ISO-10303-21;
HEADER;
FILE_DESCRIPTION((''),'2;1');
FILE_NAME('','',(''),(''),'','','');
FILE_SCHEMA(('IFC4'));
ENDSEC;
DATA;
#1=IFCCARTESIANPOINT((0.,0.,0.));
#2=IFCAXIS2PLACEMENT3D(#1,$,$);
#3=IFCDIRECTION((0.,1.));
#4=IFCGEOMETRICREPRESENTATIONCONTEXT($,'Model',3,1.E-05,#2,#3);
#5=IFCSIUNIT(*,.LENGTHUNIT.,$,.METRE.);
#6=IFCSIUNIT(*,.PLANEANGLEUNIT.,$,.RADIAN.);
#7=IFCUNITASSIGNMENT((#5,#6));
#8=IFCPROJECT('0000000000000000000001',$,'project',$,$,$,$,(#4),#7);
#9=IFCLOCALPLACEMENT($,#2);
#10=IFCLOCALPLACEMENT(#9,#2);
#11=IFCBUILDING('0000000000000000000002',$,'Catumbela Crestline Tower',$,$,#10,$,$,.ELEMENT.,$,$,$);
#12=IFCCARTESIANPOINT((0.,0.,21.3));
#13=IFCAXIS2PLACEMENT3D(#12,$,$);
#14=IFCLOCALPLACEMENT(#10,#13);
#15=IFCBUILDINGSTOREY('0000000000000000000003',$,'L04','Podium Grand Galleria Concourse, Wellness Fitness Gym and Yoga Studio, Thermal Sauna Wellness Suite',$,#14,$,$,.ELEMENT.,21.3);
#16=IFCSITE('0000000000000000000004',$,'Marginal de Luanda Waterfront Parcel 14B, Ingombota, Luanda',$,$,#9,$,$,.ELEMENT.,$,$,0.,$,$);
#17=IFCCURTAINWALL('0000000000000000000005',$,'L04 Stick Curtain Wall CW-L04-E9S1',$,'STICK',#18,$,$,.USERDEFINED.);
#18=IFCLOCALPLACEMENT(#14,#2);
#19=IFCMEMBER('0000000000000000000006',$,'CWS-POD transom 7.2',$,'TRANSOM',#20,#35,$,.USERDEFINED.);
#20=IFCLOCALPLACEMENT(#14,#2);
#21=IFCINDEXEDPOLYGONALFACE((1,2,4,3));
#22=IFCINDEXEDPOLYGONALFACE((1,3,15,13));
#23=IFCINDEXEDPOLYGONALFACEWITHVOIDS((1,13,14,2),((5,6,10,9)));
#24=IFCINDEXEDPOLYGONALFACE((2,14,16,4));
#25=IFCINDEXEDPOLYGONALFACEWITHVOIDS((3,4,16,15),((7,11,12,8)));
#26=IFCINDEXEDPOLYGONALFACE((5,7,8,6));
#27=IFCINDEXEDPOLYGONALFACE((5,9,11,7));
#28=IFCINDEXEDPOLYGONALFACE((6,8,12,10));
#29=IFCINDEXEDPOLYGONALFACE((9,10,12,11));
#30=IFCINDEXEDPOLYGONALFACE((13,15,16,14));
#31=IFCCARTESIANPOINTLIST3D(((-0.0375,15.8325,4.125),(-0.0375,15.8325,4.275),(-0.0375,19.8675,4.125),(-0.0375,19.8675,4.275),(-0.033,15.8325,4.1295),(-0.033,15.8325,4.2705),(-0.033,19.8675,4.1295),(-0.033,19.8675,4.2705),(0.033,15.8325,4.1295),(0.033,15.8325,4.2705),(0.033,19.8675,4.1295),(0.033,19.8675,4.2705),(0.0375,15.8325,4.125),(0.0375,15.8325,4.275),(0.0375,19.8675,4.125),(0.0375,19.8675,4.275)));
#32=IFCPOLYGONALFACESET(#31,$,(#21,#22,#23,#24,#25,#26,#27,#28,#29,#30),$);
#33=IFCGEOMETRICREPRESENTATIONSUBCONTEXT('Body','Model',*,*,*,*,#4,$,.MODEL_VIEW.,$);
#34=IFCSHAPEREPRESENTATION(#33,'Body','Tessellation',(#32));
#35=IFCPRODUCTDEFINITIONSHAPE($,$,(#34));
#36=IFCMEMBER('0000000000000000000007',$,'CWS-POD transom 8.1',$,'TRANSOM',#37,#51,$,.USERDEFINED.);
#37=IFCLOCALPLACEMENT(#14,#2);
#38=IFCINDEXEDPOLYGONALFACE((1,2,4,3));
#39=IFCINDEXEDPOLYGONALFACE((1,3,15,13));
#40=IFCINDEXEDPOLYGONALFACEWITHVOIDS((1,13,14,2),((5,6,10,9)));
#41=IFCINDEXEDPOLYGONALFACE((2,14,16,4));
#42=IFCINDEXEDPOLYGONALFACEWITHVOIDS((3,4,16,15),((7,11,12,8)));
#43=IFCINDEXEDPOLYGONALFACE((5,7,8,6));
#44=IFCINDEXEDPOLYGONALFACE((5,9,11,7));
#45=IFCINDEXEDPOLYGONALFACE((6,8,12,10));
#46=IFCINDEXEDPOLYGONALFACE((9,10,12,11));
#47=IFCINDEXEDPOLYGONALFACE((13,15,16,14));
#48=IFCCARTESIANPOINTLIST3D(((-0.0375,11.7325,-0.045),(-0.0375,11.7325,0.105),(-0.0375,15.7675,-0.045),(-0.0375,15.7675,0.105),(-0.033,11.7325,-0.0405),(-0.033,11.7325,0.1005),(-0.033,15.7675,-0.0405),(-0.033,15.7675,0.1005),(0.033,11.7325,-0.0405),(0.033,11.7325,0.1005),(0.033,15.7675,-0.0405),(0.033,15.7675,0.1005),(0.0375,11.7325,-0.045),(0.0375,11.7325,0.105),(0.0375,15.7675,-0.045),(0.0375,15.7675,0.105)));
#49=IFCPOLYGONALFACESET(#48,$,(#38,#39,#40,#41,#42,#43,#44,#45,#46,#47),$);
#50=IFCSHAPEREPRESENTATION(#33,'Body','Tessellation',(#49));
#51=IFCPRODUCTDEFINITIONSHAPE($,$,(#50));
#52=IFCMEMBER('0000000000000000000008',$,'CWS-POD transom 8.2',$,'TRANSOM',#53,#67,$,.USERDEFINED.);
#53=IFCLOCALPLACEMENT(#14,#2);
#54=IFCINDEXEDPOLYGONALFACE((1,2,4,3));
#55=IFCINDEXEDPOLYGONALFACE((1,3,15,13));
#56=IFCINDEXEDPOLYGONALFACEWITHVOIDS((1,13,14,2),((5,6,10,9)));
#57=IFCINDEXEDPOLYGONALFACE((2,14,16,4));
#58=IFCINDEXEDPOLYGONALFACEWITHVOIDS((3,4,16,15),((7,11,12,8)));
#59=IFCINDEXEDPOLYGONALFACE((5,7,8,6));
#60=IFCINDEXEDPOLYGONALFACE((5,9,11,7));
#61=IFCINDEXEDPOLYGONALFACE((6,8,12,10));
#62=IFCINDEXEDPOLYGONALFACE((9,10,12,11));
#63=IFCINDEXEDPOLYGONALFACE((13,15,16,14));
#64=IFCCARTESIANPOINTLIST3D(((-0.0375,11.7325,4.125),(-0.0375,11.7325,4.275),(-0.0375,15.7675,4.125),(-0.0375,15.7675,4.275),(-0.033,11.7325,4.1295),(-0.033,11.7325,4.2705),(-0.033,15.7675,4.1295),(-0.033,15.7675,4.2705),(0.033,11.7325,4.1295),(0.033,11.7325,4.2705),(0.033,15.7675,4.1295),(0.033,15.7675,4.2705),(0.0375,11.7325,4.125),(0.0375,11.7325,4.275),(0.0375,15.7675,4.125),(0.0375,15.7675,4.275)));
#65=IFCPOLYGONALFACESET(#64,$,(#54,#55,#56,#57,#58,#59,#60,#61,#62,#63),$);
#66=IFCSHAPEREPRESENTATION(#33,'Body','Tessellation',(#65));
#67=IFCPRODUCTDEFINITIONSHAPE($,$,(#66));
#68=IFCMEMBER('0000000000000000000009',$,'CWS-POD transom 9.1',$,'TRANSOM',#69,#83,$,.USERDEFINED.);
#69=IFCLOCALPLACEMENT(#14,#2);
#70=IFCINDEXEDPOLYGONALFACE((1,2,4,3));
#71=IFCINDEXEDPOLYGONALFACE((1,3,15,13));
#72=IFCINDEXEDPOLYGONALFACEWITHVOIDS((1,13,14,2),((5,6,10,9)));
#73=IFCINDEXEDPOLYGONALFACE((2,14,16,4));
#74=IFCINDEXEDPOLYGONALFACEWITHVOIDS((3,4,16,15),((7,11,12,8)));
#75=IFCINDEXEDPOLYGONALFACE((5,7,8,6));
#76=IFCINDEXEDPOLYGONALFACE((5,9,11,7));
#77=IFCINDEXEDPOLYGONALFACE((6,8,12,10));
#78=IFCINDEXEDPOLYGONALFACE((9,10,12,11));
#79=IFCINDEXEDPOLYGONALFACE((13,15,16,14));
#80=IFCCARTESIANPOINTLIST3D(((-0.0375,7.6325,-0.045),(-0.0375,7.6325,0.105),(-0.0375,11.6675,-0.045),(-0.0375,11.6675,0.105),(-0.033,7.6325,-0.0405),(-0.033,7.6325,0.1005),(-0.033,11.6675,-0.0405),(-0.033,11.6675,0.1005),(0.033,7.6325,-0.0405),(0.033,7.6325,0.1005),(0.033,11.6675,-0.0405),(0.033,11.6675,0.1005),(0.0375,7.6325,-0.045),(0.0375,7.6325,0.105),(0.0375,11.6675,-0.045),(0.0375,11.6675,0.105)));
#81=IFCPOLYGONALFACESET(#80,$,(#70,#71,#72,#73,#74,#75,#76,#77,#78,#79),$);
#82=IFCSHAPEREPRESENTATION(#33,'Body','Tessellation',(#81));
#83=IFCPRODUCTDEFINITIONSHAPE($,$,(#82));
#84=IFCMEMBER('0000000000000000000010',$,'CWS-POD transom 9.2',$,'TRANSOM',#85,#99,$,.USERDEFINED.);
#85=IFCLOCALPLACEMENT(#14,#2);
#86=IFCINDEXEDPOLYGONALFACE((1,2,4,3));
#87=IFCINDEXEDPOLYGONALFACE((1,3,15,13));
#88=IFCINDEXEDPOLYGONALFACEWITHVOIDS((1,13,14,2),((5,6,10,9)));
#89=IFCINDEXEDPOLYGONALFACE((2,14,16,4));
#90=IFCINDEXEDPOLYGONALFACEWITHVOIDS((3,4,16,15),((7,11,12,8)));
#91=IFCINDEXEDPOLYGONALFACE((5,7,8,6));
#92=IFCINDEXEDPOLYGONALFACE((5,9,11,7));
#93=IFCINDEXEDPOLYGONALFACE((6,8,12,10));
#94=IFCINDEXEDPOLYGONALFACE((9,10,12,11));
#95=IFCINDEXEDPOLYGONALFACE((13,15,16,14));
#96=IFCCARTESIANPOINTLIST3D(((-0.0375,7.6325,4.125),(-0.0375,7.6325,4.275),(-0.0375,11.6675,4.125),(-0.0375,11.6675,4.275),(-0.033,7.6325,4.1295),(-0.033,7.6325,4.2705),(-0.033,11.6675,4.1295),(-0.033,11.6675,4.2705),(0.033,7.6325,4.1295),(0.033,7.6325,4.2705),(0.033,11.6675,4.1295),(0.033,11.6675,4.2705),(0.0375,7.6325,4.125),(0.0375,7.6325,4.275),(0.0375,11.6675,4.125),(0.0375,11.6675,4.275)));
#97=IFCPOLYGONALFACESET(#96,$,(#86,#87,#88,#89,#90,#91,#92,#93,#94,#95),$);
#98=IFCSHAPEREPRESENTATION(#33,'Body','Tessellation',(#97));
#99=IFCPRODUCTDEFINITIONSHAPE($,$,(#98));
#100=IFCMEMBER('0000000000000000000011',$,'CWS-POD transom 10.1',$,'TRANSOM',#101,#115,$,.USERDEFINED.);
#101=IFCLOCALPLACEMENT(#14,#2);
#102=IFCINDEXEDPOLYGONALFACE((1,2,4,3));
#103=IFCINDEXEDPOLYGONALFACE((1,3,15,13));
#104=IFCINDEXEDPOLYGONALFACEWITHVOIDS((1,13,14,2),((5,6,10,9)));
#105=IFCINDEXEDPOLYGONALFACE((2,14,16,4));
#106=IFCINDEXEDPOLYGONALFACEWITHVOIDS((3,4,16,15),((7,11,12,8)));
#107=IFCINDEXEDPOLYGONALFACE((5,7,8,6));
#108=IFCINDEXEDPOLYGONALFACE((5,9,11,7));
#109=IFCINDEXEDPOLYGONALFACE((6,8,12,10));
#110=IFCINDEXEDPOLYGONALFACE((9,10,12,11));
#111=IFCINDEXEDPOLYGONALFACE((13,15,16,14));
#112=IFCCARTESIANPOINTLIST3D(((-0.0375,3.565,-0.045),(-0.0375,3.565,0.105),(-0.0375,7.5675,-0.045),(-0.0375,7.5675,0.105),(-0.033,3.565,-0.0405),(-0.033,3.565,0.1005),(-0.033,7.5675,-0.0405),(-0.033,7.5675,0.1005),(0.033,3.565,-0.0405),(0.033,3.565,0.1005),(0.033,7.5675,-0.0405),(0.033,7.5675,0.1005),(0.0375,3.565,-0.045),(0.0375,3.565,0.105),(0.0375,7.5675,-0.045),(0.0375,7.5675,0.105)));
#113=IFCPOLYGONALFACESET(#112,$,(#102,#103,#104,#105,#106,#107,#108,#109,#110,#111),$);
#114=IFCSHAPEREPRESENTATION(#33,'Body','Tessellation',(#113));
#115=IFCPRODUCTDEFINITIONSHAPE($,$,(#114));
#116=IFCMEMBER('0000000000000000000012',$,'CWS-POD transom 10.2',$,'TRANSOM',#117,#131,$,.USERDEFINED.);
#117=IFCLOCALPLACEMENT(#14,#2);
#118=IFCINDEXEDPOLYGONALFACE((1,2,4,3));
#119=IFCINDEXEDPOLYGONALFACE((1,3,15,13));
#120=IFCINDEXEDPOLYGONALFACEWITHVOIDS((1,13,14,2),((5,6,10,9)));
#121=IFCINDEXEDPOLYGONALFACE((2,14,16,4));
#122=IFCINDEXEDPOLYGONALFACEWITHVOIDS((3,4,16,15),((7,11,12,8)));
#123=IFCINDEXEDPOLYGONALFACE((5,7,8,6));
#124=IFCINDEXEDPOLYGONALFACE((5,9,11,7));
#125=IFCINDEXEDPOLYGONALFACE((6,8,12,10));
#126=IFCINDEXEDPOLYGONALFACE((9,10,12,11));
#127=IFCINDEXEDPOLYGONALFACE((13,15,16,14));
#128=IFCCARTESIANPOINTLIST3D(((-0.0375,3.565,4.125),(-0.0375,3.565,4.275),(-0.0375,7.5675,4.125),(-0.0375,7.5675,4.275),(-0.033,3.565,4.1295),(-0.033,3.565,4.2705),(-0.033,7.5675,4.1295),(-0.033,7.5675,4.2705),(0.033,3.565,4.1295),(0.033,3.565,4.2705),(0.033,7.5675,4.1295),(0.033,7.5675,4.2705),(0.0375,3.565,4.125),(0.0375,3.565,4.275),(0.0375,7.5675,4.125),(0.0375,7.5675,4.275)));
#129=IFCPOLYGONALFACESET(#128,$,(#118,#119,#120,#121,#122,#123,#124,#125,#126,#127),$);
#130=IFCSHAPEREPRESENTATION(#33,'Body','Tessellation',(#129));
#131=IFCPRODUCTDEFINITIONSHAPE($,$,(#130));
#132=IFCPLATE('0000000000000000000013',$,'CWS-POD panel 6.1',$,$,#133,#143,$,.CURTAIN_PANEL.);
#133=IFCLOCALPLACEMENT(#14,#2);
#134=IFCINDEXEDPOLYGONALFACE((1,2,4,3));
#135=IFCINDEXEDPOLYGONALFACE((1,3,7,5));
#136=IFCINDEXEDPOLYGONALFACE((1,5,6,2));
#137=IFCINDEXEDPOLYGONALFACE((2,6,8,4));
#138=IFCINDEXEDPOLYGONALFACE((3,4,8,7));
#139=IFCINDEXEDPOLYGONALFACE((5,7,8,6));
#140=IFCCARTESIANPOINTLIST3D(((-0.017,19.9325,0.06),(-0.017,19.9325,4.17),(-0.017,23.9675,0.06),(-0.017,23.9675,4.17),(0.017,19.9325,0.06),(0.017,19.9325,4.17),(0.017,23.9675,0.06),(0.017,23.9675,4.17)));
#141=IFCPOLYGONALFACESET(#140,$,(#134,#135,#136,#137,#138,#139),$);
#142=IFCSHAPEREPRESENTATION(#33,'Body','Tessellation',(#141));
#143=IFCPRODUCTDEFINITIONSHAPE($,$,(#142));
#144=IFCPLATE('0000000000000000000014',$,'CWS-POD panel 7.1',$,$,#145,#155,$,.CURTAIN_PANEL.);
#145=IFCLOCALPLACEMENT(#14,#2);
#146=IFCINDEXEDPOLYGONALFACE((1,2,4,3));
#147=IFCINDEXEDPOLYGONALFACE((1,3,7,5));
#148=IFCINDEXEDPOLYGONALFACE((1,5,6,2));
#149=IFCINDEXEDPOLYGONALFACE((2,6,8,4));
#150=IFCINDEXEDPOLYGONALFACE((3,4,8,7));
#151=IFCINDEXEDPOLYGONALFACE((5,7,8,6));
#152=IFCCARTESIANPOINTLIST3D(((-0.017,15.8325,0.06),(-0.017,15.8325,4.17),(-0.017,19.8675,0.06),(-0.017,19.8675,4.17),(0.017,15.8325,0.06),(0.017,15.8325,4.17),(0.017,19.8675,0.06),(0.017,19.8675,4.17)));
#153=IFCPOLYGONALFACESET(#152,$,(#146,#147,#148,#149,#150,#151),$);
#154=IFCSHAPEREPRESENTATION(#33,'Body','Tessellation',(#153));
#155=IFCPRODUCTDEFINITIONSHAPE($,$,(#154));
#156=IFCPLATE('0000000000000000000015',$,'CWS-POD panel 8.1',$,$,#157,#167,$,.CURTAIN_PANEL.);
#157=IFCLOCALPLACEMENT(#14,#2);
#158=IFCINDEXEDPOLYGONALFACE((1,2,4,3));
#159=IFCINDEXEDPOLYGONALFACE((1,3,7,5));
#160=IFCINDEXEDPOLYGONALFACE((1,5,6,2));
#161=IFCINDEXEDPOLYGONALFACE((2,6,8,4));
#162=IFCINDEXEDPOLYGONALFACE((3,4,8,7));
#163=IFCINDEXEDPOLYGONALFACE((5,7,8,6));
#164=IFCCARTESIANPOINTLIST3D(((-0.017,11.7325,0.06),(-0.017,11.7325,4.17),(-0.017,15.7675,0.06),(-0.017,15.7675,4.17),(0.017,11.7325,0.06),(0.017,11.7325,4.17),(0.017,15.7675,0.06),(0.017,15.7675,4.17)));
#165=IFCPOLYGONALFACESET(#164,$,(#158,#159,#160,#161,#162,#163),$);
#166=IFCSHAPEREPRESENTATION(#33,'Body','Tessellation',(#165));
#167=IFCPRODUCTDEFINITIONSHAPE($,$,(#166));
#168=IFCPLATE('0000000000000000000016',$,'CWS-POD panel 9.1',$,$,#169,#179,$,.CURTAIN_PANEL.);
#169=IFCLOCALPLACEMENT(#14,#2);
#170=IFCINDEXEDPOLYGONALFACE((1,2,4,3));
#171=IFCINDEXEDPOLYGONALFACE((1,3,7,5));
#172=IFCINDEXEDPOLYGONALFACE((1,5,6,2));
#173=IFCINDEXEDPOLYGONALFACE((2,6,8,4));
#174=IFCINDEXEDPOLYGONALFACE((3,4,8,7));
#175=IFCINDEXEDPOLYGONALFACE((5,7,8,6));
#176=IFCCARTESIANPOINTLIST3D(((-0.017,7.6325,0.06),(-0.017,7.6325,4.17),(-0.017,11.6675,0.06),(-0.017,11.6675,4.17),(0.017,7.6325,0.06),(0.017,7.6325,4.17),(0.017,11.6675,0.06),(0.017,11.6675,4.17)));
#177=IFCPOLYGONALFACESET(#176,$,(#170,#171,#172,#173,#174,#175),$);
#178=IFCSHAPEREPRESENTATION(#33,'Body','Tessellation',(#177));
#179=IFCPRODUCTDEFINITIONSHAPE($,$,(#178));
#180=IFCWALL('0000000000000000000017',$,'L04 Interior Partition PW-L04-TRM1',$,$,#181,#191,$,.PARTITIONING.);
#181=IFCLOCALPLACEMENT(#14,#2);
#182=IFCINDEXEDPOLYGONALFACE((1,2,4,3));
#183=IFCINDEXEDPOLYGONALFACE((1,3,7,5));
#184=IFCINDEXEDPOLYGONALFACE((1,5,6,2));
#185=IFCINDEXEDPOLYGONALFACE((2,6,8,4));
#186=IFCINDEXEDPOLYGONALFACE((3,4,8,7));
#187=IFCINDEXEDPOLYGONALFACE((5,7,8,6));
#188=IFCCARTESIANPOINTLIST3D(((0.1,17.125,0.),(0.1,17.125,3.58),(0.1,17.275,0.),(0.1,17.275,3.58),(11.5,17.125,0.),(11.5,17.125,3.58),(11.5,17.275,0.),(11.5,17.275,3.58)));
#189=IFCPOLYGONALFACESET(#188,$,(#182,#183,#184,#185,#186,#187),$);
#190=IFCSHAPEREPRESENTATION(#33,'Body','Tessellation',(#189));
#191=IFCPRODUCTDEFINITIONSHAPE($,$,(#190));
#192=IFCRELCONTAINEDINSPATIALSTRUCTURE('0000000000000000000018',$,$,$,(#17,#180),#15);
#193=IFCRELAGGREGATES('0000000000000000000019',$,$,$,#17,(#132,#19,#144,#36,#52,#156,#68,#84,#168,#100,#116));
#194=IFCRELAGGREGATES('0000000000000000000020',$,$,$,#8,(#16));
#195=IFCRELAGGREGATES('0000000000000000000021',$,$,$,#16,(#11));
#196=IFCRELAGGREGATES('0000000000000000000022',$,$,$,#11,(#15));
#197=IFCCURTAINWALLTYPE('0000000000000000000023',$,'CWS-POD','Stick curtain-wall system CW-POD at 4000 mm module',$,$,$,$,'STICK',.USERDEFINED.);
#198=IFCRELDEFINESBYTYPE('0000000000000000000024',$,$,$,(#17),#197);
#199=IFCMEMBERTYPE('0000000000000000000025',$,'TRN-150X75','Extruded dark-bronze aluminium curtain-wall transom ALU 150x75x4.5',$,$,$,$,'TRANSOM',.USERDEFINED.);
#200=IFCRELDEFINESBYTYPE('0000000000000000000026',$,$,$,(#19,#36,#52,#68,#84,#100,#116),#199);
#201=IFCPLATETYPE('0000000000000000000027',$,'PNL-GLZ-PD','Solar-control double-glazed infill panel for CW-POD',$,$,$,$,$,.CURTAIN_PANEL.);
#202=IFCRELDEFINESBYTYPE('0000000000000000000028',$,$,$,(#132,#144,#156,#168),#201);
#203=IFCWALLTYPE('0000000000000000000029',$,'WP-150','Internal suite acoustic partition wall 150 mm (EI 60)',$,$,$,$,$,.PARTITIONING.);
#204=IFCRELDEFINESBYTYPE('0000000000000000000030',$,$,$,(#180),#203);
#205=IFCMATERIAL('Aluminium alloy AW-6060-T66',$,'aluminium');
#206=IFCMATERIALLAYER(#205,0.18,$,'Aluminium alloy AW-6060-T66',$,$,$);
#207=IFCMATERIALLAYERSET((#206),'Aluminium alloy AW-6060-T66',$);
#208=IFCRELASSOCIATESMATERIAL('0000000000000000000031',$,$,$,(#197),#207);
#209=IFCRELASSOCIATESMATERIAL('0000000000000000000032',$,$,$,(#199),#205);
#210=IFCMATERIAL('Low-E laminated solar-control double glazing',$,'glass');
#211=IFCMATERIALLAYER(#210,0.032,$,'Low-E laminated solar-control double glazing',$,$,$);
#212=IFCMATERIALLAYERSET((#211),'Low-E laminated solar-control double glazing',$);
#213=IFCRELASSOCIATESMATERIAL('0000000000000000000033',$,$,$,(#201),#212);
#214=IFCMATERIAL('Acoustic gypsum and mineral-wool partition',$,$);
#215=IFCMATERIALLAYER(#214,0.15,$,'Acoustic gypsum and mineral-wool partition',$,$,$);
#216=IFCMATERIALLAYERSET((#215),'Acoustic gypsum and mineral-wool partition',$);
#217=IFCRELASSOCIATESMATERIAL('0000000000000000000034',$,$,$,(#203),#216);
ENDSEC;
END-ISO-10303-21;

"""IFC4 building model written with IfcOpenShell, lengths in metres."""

from ifc_helpers import new_model, si_unit, direction, frame, frame_2d, origin, origin_2d, place, context, subcontext, project, spatial, rectangle, hollow_rectangle, extrude, material, layer, layer_set, material_profile, profile_set, type_object, element, aggregate, save


model = new_model("IFC4")

# Units and contexts
model_context = context("Model", 3, precision=1e-05, world=origin(), true_north=direction((0.0, 1.0)))
body_context = subcontext(model_context, "Body", "Model", "MODEL_VIEW")
ifc_project = project(units=[si_unit("LENGTHUNIT", "METRE"), si_unit("PLANEANGLEUNIT", "RADIAN")], contexts=[model_context])

# Site, building, storey
site_placement = place(None, origin())
site = spatial("IfcSite", under=ifc_project, at=site_placement, Name="Marginal de Luanda Waterfront Parcel 14B, Ingombota, Luanda", CompositionType="ELEMENT", RefElevation=0.0)
building_placement = place(site_placement, origin())
building = spatial("IfcBuilding", under=site, at=building_placement, Name="Catumbela Crestline Tower", CompositionType="ELEMENT")
storey_placement = place(building_placement, frame((0.0, 0.0, 21.3)))
storey = spatial("IfcBuildingStorey", under=building, at=storey_placement, Name="L04", Description="Podium Grand Galleria Concourse, Wellness Fitness Gym and Yoga Studio, Thermal Sauna Wellness Suite", CompositionType="ELEMENT", Elevation=21.3)

# Curtain wall, members, plates
ifc_material_1 = material(Name="Aluminium alloy AW-6060-T66", Category="aluminium")
ifc_layer_1 = layer(ifc_material_1, 0.18, Name="Aluminium alloy AW-6060-T66")
ifc_layer_set_1 = layer_set([ifc_layer_1], Name="Aluminium alloy AW-6060-T66")
curtain_wall_type = type_object("IfcCurtainWallType", Name="CWS-POD", Description="Stick curtain-wall system CW-POD at 4000 mm module", ElementType="STICK", PredefinedType="USERDEFINED", material=ifc_layer_set_1)
curtain_wall_placement = place(storey_placement, origin())
curtain_wall = element("IfcCurtainWall", 1, at=curtain_wall_placement, inside=storey, type_object=curtain_wall_type, Name="L04 Stick Curtain Wall CW-L04-E9S1", ObjectType="STICK", PredefinedType="USERDEFINED")
ifc_material_profile_1 = material_profile(ifc_material_1, hollow_rectangle(XDim=0.075, YDim=0.15, WallThickness=0.0045, at=origin_2d()), Name="ALU 150x75x4.5")
ifc_profile_set_1 = profile_set([ifc_material_profile_1], Name="Aluminium alloy AW-6060-T66")
member_type_1 = type_object("IfcMemberType", Name="TRN-150X75", Description="Extruded dark-bronze aluminium curtain-wall transom ALU 150x75x4.5", ElementType="TRANSOM", PredefinedType="USERDEFINED", material=ifc_profile_set_1)
member_1_placement = place(storey_placement, frame((0.0, 19.8675, 4.2), z_axis=(0.0, -1.0, 0.0), x_axis=(1.0, 0.0, 0.0)))
member_1 = element("IfcMember", 2, at=member_1_placement, type_object=member_type_1, Name="CWS-POD transom 7.2", ObjectType="TRANSOM", PredefinedType="USERDEFINED", context=body_context, shape_type="SweptSolid", body=[
    extrude(hollow_rectangle(XDim=0.075, YDim=0.15, WallThickness=0.0045, at=origin_2d()), origin(), (0.0, 0.0, 1.0), 4.035),
])
member_2_placement = place(storey_placement, frame((0.0, 15.7675, 0.03), z_axis=(0.0, -1.0, 0.0), x_axis=(1.0, 0.0, 0.0)))
member_2 = element("IfcMember", 3, at=member_2_placement, type_object=member_type_1, Name="CWS-POD transom 8.1", ObjectType="TRANSOM", PredefinedType="USERDEFINED", context=body_context, shape_type="SweptSolid", body=[
    extrude(hollow_rectangle(XDim=0.075, YDim=0.15, WallThickness=0.0045, at=origin_2d()), origin(), (0.0, 0.0, 1.0), 4.035),
])
member_3_placement = place(storey_placement, frame((0.0, 15.7675, 4.2), z_axis=(0.0, -1.0, 0.0), x_axis=(1.0, 0.0, 0.0)))
member_3 = element("IfcMember", 4, at=member_3_placement, type_object=member_type_1, Name="CWS-POD transom 8.2", ObjectType="TRANSOM", PredefinedType="USERDEFINED", context=body_context, shape_type="SweptSolid", body=[
    extrude(hollow_rectangle(XDim=0.075, YDim=0.15, WallThickness=0.0045, at=origin_2d()), origin(), (0.0, 0.0, 1.0), 4.035),
])
member_4_placement = place(storey_placement, frame((0.0, 11.6675, 0.03), z_axis=(0.0, -1.0, 0.0), x_axis=(1.0, 0.0, 0.0)))
member_4 = element("IfcMember", 5, at=member_4_placement, type_object=member_type_1, Name="CWS-POD transom 9.1", ObjectType="TRANSOM", PredefinedType="USERDEFINED", context=body_context, shape_type="SweptSolid", body=[
    extrude(hollow_rectangle(XDim=0.075, YDim=0.15, WallThickness=0.0045, at=origin_2d()), origin(), (0.0, 0.0, 1.0), 4.035),
])
member_5_placement = place(storey_placement, frame((0.0, 11.6675, 4.2), z_axis=(0.0, -1.0, 0.0), x_axis=(1.0, 0.0, 0.0)))
member_5 = element("IfcMember", 6, at=member_5_placement, type_object=member_type_1, Name="CWS-POD transom 9.2", ObjectType="TRANSOM", PredefinedType="USERDEFINED", context=body_context, shape_type="SweptSolid", body=[
    extrude(hollow_rectangle(XDim=0.075, YDim=0.15, WallThickness=0.0045, at=origin_2d()), origin(), (0.0, 0.0, 1.0), 4.035),
])
member_6_placement = place(storey_placement, frame((0.0, 7.5675, 0.03), z_axis=(0.0, -1.0, 0.0), x_axis=(1.0, 0.0, 0.0)))
member_6 = element("IfcMember", 7, at=member_6_placement, type_object=member_type_1, Name="CWS-POD transom 10.1", ObjectType="TRANSOM", PredefinedType="USERDEFINED", context=body_context, shape_type="SweptSolid", body=[
    extrude(hollow_rectangle(XDim=0.075, YDim=0.15, WallThickness=0.0045, at=origin_2d()), origin(), (0.0, 0.0, 1.0), 4.0025),
])
member_7_placement = place(storey_placement, frame((0.0, 7.5675, 4.2), z_axis=(0.0, -1.0, 0.0), x_axis=(1.0, 0.0, 0.0)))
member_7 = element("IfcMember", 8, at=member_7_placement, type_object=member_type_1, Name="CWS-POD transom 10.2", ObjectType="TRANSOM", PredefinedType="USERDEFINED", context=body_context, shape_type="SweptSolid", body=[
    extrude(hollow_rectangle(XDim=0.075, YDim=0.15, WallThickness=0.0045, at=origin_2d()), origin(), (0.0, 0.0, 1.0), 4.0025),
])
ifc_material_2 = material(Name="Low-E laminated solar-control double glazing", Category="glass")
ifc_layer_2 = layer(ifc_material_2, 0.032, Name="Low-E laminated solar-control double glazing")
ifc_layer_set_2 = layer_set([ifc_layer_2], Name="Low-E laminated solar-control double glazing")
plate_type = type_object("IfcPlateType", Name="PNL-GLZ-PD", Description="Solar-control double-glazed infill panel for CW-POD", PredefinedType="CURTAIN_PANEL", material=ifc_layer_set_2)
plate_1_placement = place(storey_placement, frame((0.0, 21.95, 0.06), z_axis=(0.0, 0.0, 1.0), x_axis=(0.0, -1.0, 0.0)))
plate_1 = element("IfcPlate", 9, at=plate_1_placement, type_object=plate_type, Name="CWS-POD panel 6.1", PredefinedType="CURTAIN_PANEL", context=body_context, shape_type="SweptSolid", body=[
    extrude(rectangle(XDim=4.035, YDim=0.034, at=origin_2d()), origin(), (0.0, 0.0, 1.0), 4.11),
])
plate_2_placement = place(storey_placement, frame((0.0, 17.85, 0.06), z_axis=(0.0, 0.0, 1.0), x_axis=(0.0, -1.0, 0.0)))
plate_2 = element("IfcPlate", 10, at=plate_2_placement, type_object=plate_type, Name="CWS-POD panel 7.1", PredefinedType="CURTAIN_PANEL", context=body_context, shape_type="SweptSolid", body=[
    extrude(rectangle(XDim=4.035, YDim=0.034, at=origin_2d()), origin(), (0.0, 0.0, 1.0), 4.11),
])
plate_3_placement = place(storey_placement, frame((0.0, 13.75, 0.06), z_axis=(0.0, 0.0, 1.0), x_axis=(0.0, -1.0, 0.0)))
plate_3 = element("IfcPlate", 11, at=plate_3_placement, type_object=plate_type, Name="CWS-POD panel 8.1", PredefinedType="CURTAIN_PANEL", context=body_context, shape_type="SweptSolid", body=[
    extrude(rectangle(XDim=4.035, YDim=0.034, at=origin_2d()), origin(), (0.0, 0.0, 1.0), 4.11),
])
plate_4_placement = place(storey_placement, frame((0.0, 9.65, 0.06), z_axis=(0.0, 0.0, 1.0), x_axis=(0.0, -1.0, 0.0)))
plate_4 = element("IfcPlate", 12, at=plate_4_placement, type_object=plate_type, Name="CWS-POD panel 9.1", PredefinedType="CURTAIN_PANEL", context=body_context, shape_type="SweptSolid", body=[
    extrude(rectangle(XDim=4.035, YDim=0.034, at=origin_2d()), origin(), (0.0, 0.0, 1.0), 4.11),
])
aggregate(curtain_wall, [plate_1, member_1, plate_2, member_2, member_3, plate_3, member_4, member_5, plate_4, member_6, member_7])

# Wall
ifc_material_3 = material(Name="Acoustic gypsum and mineral-wool partition")
ifc_layer_3 = layer(ifc_material_3, 0.15, Name="Acoustic gypsum and mineral-wool partition")
ifc_layer_set_3 = layer_set([ifc_layer_3], Name="Acoustic gypsum and mineral-wool partition")
wall_type = type_object("IfcWallType", Name="WP-150", Description="Internal suite acoustic partition wall 150 mm (EI 60)", PredefinedType="PARTITIONING", material=ifc_layer_set_3)
wall_placement = place(storey_placement, frame((0.1, 17.2, 0.0), z_axis=(0.0, 0.0, 1.0), x_axis=(1.0, 0.0, 0.0)))
element("IfcWall", 13, at=wall_placement, inside=storey, type_object=wall_type, Name="L04 Interior Partition PW-L04-TRM1", PredefinedType="PARTITIONING", context=body_context, shape_type="SweptSolid", body=[
    extrude(rectangle(XDim=11.4, YDim=0.15, at=frame_2d((5.7, 0.0))), origin(), (0.0, 0.0, 1.0), 3.58),
])

save(model, "model.ifc")
